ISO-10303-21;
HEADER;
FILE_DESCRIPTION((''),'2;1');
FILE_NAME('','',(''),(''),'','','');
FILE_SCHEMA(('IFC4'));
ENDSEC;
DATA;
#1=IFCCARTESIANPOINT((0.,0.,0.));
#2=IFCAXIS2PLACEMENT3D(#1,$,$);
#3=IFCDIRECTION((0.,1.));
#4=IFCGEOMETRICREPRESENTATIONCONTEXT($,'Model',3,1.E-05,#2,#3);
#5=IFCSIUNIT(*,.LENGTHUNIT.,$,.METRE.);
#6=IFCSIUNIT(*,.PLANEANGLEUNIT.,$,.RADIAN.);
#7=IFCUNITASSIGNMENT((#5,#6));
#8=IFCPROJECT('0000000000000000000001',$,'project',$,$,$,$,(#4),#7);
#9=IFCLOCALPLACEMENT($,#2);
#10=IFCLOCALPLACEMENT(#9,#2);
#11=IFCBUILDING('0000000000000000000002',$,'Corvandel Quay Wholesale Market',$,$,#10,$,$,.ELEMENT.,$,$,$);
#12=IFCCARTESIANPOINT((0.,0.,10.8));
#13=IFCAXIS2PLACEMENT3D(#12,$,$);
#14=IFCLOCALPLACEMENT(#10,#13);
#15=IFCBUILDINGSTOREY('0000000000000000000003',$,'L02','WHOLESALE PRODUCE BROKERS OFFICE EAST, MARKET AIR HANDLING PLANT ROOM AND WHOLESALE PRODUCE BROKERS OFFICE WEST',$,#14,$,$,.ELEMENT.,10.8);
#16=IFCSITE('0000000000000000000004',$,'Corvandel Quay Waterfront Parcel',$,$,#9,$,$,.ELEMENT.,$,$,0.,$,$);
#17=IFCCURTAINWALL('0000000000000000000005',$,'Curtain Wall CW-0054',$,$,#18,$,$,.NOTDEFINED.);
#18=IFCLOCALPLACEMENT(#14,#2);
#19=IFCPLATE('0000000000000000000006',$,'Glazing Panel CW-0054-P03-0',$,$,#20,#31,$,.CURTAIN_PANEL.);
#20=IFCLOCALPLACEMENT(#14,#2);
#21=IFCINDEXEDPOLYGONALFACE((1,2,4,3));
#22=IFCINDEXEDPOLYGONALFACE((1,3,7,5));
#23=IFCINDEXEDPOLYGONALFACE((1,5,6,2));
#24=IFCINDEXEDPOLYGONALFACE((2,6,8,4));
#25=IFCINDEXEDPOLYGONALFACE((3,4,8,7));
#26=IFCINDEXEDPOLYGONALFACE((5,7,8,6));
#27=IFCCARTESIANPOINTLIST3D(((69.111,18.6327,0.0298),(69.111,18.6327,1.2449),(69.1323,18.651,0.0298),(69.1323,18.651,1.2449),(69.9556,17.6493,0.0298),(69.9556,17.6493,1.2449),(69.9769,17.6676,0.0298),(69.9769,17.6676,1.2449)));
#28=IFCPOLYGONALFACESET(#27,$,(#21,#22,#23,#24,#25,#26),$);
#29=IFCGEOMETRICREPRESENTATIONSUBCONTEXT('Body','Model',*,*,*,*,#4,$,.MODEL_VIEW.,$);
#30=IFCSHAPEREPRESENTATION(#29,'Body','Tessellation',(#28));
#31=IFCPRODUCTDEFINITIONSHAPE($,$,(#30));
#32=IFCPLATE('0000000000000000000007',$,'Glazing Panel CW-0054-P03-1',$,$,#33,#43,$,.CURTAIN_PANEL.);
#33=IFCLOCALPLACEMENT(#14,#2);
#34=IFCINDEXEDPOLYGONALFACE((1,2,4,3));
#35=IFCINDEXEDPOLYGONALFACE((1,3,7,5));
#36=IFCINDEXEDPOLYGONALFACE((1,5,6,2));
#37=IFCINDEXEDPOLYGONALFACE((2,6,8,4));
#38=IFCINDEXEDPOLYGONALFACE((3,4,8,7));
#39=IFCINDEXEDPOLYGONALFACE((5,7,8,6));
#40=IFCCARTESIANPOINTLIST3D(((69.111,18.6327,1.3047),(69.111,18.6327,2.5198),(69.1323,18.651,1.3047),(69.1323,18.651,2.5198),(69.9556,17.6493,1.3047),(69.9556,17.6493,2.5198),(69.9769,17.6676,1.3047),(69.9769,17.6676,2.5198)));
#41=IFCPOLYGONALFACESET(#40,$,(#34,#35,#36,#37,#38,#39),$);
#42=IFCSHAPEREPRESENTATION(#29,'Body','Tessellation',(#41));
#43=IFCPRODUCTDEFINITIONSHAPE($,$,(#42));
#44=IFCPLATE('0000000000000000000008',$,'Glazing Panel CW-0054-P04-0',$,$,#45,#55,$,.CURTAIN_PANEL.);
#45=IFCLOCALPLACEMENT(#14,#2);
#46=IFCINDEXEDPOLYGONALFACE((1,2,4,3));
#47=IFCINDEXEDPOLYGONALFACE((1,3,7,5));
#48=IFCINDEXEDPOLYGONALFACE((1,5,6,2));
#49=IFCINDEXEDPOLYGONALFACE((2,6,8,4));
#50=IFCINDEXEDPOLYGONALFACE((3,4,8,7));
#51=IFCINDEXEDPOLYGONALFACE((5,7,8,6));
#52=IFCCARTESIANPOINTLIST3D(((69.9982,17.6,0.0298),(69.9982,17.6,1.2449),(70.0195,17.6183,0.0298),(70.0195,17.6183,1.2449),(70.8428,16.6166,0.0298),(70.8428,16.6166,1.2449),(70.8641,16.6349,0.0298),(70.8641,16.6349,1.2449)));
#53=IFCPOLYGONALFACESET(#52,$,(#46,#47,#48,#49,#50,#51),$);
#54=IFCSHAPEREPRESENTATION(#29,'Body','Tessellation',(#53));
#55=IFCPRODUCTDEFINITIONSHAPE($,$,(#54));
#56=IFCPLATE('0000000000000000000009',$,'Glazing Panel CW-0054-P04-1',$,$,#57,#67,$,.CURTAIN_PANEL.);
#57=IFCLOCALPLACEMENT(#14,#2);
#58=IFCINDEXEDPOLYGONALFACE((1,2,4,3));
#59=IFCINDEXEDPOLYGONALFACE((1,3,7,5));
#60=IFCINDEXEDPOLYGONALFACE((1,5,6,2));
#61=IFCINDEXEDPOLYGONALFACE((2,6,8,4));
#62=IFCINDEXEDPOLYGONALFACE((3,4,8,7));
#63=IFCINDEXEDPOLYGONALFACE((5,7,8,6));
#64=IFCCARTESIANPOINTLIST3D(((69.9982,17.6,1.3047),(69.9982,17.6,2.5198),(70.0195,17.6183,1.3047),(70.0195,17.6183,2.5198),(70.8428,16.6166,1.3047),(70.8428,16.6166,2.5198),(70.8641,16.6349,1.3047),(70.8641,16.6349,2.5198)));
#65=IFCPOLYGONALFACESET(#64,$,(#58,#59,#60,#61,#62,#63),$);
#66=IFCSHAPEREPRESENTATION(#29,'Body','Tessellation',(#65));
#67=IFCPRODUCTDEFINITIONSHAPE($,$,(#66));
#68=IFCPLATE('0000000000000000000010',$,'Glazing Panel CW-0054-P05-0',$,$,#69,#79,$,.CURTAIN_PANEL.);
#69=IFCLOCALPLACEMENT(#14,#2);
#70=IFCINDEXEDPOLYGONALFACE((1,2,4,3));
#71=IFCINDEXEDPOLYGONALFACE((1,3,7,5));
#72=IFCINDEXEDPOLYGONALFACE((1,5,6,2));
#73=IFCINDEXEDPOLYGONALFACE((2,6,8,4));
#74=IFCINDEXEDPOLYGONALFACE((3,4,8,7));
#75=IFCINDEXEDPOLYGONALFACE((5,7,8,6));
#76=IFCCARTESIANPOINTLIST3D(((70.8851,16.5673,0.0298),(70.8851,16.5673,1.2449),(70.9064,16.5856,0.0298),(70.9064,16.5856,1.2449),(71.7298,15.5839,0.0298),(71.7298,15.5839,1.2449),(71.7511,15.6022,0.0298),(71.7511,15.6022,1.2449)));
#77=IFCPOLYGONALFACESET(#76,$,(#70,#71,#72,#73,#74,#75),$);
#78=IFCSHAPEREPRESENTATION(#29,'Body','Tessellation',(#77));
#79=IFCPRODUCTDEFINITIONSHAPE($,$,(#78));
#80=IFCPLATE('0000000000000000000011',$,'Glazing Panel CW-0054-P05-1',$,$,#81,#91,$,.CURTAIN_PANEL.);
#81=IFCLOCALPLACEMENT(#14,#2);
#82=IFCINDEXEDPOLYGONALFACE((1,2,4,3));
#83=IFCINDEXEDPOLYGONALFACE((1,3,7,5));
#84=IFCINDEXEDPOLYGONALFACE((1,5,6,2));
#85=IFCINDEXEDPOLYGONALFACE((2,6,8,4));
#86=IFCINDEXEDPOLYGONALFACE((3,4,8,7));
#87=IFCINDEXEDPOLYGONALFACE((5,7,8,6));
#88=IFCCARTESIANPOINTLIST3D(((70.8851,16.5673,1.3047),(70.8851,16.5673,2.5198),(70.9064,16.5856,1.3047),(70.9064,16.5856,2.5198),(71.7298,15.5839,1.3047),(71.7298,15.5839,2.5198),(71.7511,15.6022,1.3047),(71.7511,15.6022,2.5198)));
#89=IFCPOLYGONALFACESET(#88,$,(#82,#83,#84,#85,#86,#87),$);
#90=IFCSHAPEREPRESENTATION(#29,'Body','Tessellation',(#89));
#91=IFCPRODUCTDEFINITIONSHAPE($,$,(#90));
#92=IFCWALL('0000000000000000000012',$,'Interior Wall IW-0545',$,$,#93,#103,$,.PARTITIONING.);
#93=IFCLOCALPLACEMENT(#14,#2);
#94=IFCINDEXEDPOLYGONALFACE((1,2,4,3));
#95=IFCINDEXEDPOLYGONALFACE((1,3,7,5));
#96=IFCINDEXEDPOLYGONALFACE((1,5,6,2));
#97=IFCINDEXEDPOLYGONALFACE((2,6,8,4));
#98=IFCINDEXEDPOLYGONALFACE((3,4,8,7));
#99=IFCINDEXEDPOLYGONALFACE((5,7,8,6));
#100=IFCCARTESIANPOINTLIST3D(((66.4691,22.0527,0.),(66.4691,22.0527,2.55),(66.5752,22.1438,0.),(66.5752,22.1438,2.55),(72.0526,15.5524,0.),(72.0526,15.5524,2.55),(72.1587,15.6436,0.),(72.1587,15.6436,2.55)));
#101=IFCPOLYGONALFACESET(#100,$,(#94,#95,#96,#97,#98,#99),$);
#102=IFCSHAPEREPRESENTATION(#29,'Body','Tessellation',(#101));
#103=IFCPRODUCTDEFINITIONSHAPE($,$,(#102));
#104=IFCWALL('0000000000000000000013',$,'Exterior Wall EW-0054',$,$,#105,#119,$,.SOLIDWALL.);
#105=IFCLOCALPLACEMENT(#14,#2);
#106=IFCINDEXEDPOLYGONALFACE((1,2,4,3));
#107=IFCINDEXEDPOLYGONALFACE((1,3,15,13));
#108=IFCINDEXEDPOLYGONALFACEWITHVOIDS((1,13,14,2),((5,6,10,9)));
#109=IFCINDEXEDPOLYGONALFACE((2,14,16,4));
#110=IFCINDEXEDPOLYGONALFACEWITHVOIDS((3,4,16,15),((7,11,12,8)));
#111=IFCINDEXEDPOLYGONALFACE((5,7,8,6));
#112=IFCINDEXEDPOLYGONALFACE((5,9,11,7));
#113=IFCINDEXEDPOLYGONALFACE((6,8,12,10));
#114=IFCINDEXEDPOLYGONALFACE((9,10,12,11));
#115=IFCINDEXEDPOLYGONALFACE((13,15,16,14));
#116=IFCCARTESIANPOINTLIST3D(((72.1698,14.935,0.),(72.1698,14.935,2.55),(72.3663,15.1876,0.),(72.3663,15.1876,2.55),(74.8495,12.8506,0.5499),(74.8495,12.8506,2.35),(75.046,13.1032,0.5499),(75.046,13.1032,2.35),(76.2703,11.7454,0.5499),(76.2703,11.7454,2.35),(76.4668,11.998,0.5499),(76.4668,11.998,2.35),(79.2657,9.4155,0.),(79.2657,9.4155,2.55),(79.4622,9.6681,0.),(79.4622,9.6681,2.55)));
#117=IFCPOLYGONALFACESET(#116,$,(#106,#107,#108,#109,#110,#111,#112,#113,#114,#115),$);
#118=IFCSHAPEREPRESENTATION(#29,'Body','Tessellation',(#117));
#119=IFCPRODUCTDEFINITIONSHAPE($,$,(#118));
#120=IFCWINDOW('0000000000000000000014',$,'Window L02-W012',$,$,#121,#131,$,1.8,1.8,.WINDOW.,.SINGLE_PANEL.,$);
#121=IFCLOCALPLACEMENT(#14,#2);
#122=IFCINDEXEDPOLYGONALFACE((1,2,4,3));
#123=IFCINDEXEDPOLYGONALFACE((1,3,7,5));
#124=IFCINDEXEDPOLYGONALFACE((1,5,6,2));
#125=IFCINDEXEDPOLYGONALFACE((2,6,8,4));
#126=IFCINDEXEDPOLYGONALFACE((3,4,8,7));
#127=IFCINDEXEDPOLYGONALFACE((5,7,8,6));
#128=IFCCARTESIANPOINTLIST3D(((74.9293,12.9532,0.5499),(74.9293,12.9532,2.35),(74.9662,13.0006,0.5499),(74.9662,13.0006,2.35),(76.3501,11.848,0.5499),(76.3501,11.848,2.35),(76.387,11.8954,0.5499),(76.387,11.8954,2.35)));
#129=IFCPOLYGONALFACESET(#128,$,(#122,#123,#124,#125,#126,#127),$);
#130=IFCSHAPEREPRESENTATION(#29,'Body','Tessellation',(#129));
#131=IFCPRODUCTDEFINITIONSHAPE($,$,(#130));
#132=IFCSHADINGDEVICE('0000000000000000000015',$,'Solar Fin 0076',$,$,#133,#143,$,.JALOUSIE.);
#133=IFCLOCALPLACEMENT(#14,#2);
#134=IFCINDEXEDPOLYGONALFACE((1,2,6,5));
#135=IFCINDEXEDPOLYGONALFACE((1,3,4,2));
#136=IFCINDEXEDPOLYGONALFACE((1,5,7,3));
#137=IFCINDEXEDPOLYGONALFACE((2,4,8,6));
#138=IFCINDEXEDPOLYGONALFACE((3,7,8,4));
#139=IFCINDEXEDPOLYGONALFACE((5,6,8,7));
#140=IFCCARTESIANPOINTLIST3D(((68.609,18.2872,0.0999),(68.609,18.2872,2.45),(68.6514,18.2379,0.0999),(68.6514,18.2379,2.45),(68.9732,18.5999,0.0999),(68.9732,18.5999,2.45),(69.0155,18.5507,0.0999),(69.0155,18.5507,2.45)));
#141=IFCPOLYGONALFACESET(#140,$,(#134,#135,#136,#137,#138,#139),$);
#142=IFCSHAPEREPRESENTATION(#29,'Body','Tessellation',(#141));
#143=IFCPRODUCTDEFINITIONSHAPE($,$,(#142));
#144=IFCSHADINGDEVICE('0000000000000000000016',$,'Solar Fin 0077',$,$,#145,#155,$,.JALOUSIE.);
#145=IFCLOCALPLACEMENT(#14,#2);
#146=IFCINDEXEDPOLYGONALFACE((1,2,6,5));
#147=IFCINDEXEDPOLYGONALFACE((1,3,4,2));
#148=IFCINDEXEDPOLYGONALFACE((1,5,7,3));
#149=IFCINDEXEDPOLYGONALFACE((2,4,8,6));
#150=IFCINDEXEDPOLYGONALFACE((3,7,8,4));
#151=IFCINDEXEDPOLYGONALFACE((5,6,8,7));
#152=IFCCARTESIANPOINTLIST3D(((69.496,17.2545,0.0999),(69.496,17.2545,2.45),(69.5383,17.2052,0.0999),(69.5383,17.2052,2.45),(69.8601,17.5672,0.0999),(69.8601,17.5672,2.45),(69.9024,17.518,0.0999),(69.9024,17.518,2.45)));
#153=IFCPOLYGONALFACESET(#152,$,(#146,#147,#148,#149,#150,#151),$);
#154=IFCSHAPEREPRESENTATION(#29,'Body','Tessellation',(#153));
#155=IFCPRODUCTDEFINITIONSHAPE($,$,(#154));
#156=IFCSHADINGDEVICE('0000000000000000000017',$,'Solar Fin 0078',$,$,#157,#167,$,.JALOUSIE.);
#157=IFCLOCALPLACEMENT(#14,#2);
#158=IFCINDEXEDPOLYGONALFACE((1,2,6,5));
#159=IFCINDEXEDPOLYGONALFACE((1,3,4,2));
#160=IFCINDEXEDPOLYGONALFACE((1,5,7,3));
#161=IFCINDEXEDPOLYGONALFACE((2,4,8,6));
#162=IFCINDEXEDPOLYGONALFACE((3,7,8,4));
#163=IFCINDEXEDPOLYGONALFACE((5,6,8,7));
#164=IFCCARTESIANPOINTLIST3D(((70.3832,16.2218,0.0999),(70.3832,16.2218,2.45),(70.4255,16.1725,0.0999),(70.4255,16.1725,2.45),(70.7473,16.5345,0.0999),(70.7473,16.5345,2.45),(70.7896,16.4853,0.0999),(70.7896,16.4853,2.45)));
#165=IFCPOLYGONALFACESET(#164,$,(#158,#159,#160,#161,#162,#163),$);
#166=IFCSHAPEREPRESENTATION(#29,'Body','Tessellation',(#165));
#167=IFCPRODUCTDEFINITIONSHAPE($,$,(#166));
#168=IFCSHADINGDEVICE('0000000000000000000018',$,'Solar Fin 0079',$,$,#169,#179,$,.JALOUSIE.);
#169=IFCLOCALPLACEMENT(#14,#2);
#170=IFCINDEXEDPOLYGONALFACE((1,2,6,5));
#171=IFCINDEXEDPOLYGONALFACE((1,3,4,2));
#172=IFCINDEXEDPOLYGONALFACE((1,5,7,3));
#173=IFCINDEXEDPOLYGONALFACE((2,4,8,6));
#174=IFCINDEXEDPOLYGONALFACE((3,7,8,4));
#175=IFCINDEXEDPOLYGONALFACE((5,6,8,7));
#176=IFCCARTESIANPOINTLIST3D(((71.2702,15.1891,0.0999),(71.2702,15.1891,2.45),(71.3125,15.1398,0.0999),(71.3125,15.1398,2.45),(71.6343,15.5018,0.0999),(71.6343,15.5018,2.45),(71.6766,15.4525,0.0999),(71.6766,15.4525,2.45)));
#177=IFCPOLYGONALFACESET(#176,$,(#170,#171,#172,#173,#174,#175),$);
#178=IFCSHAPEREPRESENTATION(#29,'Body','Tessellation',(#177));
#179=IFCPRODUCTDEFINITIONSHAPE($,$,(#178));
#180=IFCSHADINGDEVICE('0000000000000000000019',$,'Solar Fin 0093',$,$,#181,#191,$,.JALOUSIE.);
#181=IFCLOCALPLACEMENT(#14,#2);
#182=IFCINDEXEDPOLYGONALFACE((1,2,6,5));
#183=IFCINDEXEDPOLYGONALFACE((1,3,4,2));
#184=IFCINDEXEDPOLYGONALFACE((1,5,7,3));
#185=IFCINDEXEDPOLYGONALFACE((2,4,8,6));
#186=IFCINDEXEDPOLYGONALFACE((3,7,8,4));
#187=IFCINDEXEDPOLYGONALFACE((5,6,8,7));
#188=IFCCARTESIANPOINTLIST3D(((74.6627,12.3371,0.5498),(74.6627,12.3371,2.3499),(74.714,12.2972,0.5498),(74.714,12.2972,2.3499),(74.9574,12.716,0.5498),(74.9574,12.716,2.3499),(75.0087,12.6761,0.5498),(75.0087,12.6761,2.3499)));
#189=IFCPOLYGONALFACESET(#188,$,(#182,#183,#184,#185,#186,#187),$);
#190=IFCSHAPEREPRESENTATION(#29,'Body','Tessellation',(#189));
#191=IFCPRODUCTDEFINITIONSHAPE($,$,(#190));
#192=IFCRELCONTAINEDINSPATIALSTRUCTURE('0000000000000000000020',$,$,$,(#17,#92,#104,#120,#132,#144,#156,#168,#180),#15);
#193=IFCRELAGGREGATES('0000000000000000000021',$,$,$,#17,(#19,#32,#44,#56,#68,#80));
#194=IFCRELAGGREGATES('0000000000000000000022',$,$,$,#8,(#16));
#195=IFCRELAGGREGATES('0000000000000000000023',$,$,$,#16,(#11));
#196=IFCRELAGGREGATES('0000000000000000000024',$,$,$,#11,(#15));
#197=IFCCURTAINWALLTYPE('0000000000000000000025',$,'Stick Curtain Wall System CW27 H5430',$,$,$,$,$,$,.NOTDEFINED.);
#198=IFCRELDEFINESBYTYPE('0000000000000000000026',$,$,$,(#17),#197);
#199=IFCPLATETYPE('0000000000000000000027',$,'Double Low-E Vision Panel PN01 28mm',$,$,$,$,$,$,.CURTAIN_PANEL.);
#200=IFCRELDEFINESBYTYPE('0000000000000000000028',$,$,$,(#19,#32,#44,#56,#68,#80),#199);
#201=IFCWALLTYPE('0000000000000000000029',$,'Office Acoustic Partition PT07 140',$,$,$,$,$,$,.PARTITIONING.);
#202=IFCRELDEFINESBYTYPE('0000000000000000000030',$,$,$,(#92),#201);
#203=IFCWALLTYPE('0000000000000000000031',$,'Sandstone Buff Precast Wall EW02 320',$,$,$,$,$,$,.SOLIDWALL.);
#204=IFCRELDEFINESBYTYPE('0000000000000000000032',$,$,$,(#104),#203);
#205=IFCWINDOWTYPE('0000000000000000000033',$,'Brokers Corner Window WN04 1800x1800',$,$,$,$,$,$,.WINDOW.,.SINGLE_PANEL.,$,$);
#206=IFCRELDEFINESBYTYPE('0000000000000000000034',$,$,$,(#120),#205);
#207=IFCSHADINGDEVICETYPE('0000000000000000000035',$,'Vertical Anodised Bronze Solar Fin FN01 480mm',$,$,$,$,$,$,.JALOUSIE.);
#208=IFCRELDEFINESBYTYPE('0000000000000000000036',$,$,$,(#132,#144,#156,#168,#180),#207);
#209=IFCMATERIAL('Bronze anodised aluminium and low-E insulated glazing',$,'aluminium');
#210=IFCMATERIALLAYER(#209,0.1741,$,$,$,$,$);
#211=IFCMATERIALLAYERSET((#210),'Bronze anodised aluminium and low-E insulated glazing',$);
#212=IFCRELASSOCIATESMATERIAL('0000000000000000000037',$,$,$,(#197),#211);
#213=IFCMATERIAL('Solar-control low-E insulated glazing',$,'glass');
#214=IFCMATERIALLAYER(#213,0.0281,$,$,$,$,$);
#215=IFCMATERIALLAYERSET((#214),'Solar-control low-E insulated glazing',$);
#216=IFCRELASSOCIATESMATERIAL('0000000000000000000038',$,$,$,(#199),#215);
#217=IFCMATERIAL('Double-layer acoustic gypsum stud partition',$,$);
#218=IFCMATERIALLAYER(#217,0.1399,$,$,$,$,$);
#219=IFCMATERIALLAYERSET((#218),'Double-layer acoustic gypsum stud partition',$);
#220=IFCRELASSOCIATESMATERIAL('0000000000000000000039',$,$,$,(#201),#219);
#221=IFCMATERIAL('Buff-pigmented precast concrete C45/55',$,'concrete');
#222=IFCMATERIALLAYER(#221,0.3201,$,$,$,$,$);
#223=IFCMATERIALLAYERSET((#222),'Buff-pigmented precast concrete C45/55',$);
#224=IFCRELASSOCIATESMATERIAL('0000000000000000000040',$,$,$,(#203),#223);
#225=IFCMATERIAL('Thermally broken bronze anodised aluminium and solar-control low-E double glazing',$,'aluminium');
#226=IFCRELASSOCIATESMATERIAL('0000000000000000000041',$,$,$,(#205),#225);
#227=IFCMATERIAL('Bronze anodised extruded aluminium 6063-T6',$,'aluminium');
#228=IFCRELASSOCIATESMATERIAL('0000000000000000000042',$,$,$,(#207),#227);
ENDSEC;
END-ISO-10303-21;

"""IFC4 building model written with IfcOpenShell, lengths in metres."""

from ifc_helpers import new_model, si_unit, direction, frame, frame_2d, origin, origin_2d, place, context, subcontext, project, spatial, rectangle, extrude, material, layer, layer_set, type_object, element, fill, aggregate, save


model = new_model("IFC4")

# Units and contexts
model_context = context("Model", 3, precision=1e-05, world=origin(), true_north=direction((0.0, 1.0)))
body_context = subcontext(model_context, "Body", "Model", "MODEL_VIEW")
ifc_project = project(units=[si_unit("LENGTHUNIT", "METRE"), si_unit("PLANEANGLEUNIT", "RADIAN")], contexts=[model_context])

# Site, building, storey
site_placement = place(None, origin())
site = spatial("IfcSite", under=ifc_project, at=site_placement, Name="Corvandel Quay Waterfront Parcel", CompositionType="ELEMENT", RefElevation=0.0)
building_placement = place(site_placement, origin())
building = spatial("IfcBuilding", under=site, at=building_placement, Name="Corvandel Quay Wholesale Market", CompositionType="ELEMENT")
storey_placement = place(building_placement, frame((0.0, 0.0, 10.8)))
storey = spatial("IfcBuildingStorey", under=building, at=storey_placement, Name="L02", Description="WHOLESALE PRODUCE BROKERS OFFICE EAST, MARKET AIR HANDLING PLANT ROOM AND WHOLESALE PRODUCE BROKERS OFFICE WEST", CompositionType="ELEMENT", Elevation=10.8)

# Curtain wall
ifc_material_1 = material(Name="Bronze anodised aluminium and low-E insulated glazing", Category="aluminium")
ifc_layer_1 = layer(ifc_material_1, 0.1741)
ifc_layer_set_1 = layer_set([ifc_layer_1], Name="Bronze anodised aluminium and low-E insulated glazing")
curtain_wall_type = type_object("IfcCurtainWallType", Name="Stick Curtain Wall System CW27 H5430", PredefinedType="NOTDEFINED", material=ifc_layer_set_1)
curtain_wall_placement = place(storey_placement, origin())
curtain_wall = element("IfcCurtainWall", 1, at=curtain_wall_placement, inside=storey, type_object=curtain_wall_type, Name="Curtain Wall CW-0054", PredefinedType="NOTDEFINED")

# Plates
ifc_material_2 = material(Name="Solar-control low-E insulated glazing", Category="glass")
ifc_layer_2 = layer(ifc_material_2, 0.0281)
ifc_layer_set_2 = layer_set([ifc_layer_2], Name="Solar-control low-E insulated glazing")
plate_type = type_object("IfcPlateType", Name="Double Low-E Vision Panel PN01 28mm", PredefinedType="CURTAIN_PANEL", material=ifc_layer_set_2)
plate_1_placement = place(storey_placement, frame((69.5439, 18.1501, 0.0298), z_axis=(0.0, 0.0, 1.0), x_axis=(-0.651569, 0.758589, 0.0)))
plate_1 = element("IfcPlate", 2, at=plate_1_placement, type_object=plate_type, Name="Glazing Panel CW-0054-P03-0", PredefinedType="CURTAIN_PANEL", context=body_context, shape_type="SweptSolid", body=[
    extrude(rectangle(XDim=1.2964, YDim=0.0281, at=origin_2d()), origin(), (0.0, 0.0, 1.0), 1.2151),
])
plate_2_placement = place(storey_placement, frame((69.5439, 18.1501, 1.3047), z_axis=(0.0, 0.0, 1.0), x_axis=(-0.651569, 0.758589, 0.0)))
plate_2 = element("IfcPlate", 3, at=plate_2_placement, type_object=plate_type, Name="Glazing Panel CW-0054-P03-1", PredefinedType="CURTAIN_PANEL", context=body_context, shape_type="SweptSolid", body=[
    extrude(rectangle(XDim=1.2964, YDim=0.0281, at=origin_2d()), origin(), (0.0, 0.0, 1.0), 1.2151),
])
plate_3_placement = place(storey_placement, frame((70.4312, 17.1174, 0.0298), z_axis=(0.0, 0.0, 1.0), x_axis=(-0.651569, 0.758589, 0.0)))
plate_3 = element("IfcPlate", 4, at=plate_3_placement, type_object=plate_type, Name="Glazing Panel CW-0054-P04-0", PredefinedType="CURTAIN_PANEL", context=body_context, shape_type="SweptSolid", body=[
    extrude(rectangle(XDim=1.2964, YDim=0.0281, at=origin_2d()), origin(), (0.0, 0.0, 1.0), 1.2151),
])
plate_4_placement = place(storey_placement, frame((70.4312, 17.1174, 1.3047), z_axis=(0.0, 0.0, 1.0), x_axis=(-0.651569, 0.758589, 0.0)))
plate_4 = element("IfcPlate", 5, at=plate_4_placement, type_object=plate_type, Name="Glazing Panel CW-0054-P04-1", PredefinedType="CURTAIN_PANEL", context=body_context, shape_type="SweptSolid", body=[
    extrude(rectangle(XDim=1.2964, YDim=0.0281, at=origin_2d()), origin(), (0.0, 0.0, 1.0), 1.2151),
])
plate_5_placement = place(storey_placement, frame((71.3181, 16.0847, 0.0298), z_axis=(0.0, 0.0, 1.0), x_axis=(-0.651569, 0.758589, 0.0)))
plate_5 = element("IfcPlate", 6, at=plate_5_placement, type_object=plate_type, Name="Glazing Panel CW-0054-P05-0", PredefinedType="CURTAIN_PANEL", context=body_context, shape_type="SweptSolid", body=[
    extrude(rectangle(XDim=1.2964, YDim=0.0281, at=origin_2d()), origin(), (0.0, 0.0, 1.0), 1.2151),
])
plate_6_placement = place(storey_placement, frame((71.3181, 16.0847, 1.3047), z_axis=(0.0, 0.0, 1.0), x_axis=(-0.651569, 0.758589, 0.0)))
plate_6 = element("IfcPlate", 7, at=plate_6_placement, type_object=plate_type, Name="Glazing Panel CW-0054-P05-1", PredefinedType="CURTAIN_PANEL", context=body_context, shape_type="SweptSolid", body=[
    extrude(rectangle(XDim=1.2964, YDim=0.0281, at=origin_2d()), origin(), (0.0, 0.0, 1.0), 1.2151),
])
aggregate(curtain_wall, [plate_1, plate_2, plate_3, plate_4, plate_5, plate_6])

# Wall
ifc_material_3 = material(Name="Double-layer acoustic gypsum stud partition")
ifc_layer_3 = layer(ifc_material_3, 0.1399)
ifc_layer_set_3 = layer_set([ifc_layer_3], Name="Double-layer acoustic gypsum stud partition")
wall_type_1 = type_object("IfcWallType", Name="Office Acoustic Partition PT07 140", PredefinedType="PARTITIONING", material=ifc_layer_set_3)
wall_1_placement = place(storey_placement, frame((72.1057, 15.5979, 0.0), z_axis=(0.0, 0.0, 1.0), x_axis=(-0.651589, 0.758572, 0.0)))
element("IfcWall", 8, at=wall_1_placement, inside=storey, type_object=wall_type_1, Name="Interior Wall IW-0545", PredefinedType="PARTITIONING", context=body_context, shape_type="SweptSolid", body=[
    extrude(rectangle(XDim=8.5691, YDim=0.1399, at=frame_2d((4.2847, 0.0))), origin(), (0.0, 0.0, 1.0), 2.55),
])

# Wall, opening, window
ifc_material_4 = material(Name="Buff-pigmented precast concrete C45/55", Category="concrete")
ifc_layer_4 = layer(ifc_material_4, 0.3201)
ifc_layer_set_4 = layer_set([ifc_layer_4], Name="Buff-pigmented precast concrete C45/55")
wall_type_2 = type_object("IfcWallType", Name="Sandstone Buff Precast Wall EW02 320", PredefinedType="SOLIDWALL", material=ifc_layer_set_4)
wall_2_placement = place(storey_placement, frame((72.2681, 15.0613, 0.0), z_axis=(0.0, 0.0, 1.0), x_axis=(0.789327, -0.613973, 0.0)))
wall_2 = element("IfcWall", 9, at=wall_2_placement, inside=storey, type_object=wall_type_2, Name="Exterior Wall EW-0054", PredefinedType="SOLIDWALL", context=body_context, shape_type="SweptSolid", body=[
    extrude(rectangle(XDim=8.9897, YDim=0.3201, at=frame_2d((4.4949, 0.0))), origin(), (0.0, 0.0, 1.0), 2.55),
])
opening_placement = place(wall_2_placement, frame((3.395, 0.0, 0.55)))
opening = element("IfcOpeningElement", 10, at=opening_placement, cuts=wall_2, PredefinedType="OPENING", context=body_context, shape_type="SweptSolid", body=[
    extrude(rectangle(XDim=1.8, YDim=1.8, at=frame_2d((0.8999, 0.8999))), frame((0.0, 0.1699, 0.0), z_axis=(0.0, -1.0, 0.0), x_axis=(1.0, 0.0, 0.0)), (0.0, 0.0, 1.0), 0.3401),
])
ifc_material_5 = material(Name="Thermally broken bronze anodised aluminium and solar-control low-E double glazing", Category="aluminium")
window_type = type_object("IfcWindowType", Name="Brokers Corner Window WN04 1800x1800", PartitioningType="SINGLE_PANEL", PredefinedType="WINDOW", material=ifc_material_5)
window_placement = place(opening_placement, origin())
window = element("IfcWindow", 11, at=window_placement, inside=storey, type_object=window_type, Name="Window L02-W012", OverallHeight=1.8, OverallWidth=1.8, PartitioningType="SINGLE_PANEL", PredefinedType="WINDOW", context=body_context, shape_type="SweptSolid", body=[
    extrude(rectangle(XDim=1.8, YDim=1.8, at=frame_2d((0.8999, 0.8999))), frame((0.0, 0.03, 0.0), z_axis=(0.0, -1.0, 0.0), x_axis=(1.0, 0.0, 0.0)), (0.0, 0.0, 1.0), 0.0601),
])
fill(opening, window)

# Shading devices
ifc_material_6 = material(Name="Bronze anodised extruded aluminium 6063-T6", Category="aluminium")
shading_device_type = type_object("IfcShadingDeviceType", Name="Vertical Anodised Bronze Solar Fin FN01 480mm", PredefinedType="JALOUSIE", material=ifc_material_6)
for number, where, z_axis, x_axis, name in (
    (12, (68.8123, 18.4189, 0.0999), (0.0, 0.0, 1.0), (0.758589, 0.651569, 0.0), "Solar Fin 0076"),
    (13, (69.6992, 17.3862, 0.0999), (0.0, 0.0, 1.0), (0.758589, 0.651569, 0.0), "Solar Fin 0077"),
    (14, (70.5864, 16.3535, 0.0999), (0.0, 0.0, 1.0), (0.758589, 0.651569, 0.0), "Solar Fin 0078"),
    (15, (71.4734, 15.3208, 0.0999), (0.0, 0.0, 1.0), (0.758589, 0.651569, 0.0), "Solar Fin 0079"),
):
    element("IfcShadingDevice", number, at=place(storey_placement, frame(where, z_axis=z_axis, x_axis=x_axis)), inside=storey, type_object=shading_device_type, Name=name, PredefinedType="JALOUSIE", context=body_context, shape_type="SweptSolid", body=[
        extrude(rectangle(XDim=0.48, YDim=0.0649, at=origin_2d()), origin(), (0.0, 0.0, 1.0), 2.3501),
    ])
shading_device_placement = place(storey_placement, frame((74.8357, 12.5066, 0.5498), z_axis=(0.0, 0.0, 1.0), x_axis=(0.61401, 0.789298, 0.0)))
element("IfcShadingDevice", 16, at=shading_device_placement, inside=storey, type_object=shading_device_type, Name="Solar Fin 0093", PredefinedType="JALOUSIE", context=body_context, shape_type="SweptSolid", body=[
    extrude(rectangle(XDim=0.48, YDim=0.0649, at=origin_2d()), origin(), (0.0, 0.0, 1.0), 1.8),
])

save(model, "model.ifc")
